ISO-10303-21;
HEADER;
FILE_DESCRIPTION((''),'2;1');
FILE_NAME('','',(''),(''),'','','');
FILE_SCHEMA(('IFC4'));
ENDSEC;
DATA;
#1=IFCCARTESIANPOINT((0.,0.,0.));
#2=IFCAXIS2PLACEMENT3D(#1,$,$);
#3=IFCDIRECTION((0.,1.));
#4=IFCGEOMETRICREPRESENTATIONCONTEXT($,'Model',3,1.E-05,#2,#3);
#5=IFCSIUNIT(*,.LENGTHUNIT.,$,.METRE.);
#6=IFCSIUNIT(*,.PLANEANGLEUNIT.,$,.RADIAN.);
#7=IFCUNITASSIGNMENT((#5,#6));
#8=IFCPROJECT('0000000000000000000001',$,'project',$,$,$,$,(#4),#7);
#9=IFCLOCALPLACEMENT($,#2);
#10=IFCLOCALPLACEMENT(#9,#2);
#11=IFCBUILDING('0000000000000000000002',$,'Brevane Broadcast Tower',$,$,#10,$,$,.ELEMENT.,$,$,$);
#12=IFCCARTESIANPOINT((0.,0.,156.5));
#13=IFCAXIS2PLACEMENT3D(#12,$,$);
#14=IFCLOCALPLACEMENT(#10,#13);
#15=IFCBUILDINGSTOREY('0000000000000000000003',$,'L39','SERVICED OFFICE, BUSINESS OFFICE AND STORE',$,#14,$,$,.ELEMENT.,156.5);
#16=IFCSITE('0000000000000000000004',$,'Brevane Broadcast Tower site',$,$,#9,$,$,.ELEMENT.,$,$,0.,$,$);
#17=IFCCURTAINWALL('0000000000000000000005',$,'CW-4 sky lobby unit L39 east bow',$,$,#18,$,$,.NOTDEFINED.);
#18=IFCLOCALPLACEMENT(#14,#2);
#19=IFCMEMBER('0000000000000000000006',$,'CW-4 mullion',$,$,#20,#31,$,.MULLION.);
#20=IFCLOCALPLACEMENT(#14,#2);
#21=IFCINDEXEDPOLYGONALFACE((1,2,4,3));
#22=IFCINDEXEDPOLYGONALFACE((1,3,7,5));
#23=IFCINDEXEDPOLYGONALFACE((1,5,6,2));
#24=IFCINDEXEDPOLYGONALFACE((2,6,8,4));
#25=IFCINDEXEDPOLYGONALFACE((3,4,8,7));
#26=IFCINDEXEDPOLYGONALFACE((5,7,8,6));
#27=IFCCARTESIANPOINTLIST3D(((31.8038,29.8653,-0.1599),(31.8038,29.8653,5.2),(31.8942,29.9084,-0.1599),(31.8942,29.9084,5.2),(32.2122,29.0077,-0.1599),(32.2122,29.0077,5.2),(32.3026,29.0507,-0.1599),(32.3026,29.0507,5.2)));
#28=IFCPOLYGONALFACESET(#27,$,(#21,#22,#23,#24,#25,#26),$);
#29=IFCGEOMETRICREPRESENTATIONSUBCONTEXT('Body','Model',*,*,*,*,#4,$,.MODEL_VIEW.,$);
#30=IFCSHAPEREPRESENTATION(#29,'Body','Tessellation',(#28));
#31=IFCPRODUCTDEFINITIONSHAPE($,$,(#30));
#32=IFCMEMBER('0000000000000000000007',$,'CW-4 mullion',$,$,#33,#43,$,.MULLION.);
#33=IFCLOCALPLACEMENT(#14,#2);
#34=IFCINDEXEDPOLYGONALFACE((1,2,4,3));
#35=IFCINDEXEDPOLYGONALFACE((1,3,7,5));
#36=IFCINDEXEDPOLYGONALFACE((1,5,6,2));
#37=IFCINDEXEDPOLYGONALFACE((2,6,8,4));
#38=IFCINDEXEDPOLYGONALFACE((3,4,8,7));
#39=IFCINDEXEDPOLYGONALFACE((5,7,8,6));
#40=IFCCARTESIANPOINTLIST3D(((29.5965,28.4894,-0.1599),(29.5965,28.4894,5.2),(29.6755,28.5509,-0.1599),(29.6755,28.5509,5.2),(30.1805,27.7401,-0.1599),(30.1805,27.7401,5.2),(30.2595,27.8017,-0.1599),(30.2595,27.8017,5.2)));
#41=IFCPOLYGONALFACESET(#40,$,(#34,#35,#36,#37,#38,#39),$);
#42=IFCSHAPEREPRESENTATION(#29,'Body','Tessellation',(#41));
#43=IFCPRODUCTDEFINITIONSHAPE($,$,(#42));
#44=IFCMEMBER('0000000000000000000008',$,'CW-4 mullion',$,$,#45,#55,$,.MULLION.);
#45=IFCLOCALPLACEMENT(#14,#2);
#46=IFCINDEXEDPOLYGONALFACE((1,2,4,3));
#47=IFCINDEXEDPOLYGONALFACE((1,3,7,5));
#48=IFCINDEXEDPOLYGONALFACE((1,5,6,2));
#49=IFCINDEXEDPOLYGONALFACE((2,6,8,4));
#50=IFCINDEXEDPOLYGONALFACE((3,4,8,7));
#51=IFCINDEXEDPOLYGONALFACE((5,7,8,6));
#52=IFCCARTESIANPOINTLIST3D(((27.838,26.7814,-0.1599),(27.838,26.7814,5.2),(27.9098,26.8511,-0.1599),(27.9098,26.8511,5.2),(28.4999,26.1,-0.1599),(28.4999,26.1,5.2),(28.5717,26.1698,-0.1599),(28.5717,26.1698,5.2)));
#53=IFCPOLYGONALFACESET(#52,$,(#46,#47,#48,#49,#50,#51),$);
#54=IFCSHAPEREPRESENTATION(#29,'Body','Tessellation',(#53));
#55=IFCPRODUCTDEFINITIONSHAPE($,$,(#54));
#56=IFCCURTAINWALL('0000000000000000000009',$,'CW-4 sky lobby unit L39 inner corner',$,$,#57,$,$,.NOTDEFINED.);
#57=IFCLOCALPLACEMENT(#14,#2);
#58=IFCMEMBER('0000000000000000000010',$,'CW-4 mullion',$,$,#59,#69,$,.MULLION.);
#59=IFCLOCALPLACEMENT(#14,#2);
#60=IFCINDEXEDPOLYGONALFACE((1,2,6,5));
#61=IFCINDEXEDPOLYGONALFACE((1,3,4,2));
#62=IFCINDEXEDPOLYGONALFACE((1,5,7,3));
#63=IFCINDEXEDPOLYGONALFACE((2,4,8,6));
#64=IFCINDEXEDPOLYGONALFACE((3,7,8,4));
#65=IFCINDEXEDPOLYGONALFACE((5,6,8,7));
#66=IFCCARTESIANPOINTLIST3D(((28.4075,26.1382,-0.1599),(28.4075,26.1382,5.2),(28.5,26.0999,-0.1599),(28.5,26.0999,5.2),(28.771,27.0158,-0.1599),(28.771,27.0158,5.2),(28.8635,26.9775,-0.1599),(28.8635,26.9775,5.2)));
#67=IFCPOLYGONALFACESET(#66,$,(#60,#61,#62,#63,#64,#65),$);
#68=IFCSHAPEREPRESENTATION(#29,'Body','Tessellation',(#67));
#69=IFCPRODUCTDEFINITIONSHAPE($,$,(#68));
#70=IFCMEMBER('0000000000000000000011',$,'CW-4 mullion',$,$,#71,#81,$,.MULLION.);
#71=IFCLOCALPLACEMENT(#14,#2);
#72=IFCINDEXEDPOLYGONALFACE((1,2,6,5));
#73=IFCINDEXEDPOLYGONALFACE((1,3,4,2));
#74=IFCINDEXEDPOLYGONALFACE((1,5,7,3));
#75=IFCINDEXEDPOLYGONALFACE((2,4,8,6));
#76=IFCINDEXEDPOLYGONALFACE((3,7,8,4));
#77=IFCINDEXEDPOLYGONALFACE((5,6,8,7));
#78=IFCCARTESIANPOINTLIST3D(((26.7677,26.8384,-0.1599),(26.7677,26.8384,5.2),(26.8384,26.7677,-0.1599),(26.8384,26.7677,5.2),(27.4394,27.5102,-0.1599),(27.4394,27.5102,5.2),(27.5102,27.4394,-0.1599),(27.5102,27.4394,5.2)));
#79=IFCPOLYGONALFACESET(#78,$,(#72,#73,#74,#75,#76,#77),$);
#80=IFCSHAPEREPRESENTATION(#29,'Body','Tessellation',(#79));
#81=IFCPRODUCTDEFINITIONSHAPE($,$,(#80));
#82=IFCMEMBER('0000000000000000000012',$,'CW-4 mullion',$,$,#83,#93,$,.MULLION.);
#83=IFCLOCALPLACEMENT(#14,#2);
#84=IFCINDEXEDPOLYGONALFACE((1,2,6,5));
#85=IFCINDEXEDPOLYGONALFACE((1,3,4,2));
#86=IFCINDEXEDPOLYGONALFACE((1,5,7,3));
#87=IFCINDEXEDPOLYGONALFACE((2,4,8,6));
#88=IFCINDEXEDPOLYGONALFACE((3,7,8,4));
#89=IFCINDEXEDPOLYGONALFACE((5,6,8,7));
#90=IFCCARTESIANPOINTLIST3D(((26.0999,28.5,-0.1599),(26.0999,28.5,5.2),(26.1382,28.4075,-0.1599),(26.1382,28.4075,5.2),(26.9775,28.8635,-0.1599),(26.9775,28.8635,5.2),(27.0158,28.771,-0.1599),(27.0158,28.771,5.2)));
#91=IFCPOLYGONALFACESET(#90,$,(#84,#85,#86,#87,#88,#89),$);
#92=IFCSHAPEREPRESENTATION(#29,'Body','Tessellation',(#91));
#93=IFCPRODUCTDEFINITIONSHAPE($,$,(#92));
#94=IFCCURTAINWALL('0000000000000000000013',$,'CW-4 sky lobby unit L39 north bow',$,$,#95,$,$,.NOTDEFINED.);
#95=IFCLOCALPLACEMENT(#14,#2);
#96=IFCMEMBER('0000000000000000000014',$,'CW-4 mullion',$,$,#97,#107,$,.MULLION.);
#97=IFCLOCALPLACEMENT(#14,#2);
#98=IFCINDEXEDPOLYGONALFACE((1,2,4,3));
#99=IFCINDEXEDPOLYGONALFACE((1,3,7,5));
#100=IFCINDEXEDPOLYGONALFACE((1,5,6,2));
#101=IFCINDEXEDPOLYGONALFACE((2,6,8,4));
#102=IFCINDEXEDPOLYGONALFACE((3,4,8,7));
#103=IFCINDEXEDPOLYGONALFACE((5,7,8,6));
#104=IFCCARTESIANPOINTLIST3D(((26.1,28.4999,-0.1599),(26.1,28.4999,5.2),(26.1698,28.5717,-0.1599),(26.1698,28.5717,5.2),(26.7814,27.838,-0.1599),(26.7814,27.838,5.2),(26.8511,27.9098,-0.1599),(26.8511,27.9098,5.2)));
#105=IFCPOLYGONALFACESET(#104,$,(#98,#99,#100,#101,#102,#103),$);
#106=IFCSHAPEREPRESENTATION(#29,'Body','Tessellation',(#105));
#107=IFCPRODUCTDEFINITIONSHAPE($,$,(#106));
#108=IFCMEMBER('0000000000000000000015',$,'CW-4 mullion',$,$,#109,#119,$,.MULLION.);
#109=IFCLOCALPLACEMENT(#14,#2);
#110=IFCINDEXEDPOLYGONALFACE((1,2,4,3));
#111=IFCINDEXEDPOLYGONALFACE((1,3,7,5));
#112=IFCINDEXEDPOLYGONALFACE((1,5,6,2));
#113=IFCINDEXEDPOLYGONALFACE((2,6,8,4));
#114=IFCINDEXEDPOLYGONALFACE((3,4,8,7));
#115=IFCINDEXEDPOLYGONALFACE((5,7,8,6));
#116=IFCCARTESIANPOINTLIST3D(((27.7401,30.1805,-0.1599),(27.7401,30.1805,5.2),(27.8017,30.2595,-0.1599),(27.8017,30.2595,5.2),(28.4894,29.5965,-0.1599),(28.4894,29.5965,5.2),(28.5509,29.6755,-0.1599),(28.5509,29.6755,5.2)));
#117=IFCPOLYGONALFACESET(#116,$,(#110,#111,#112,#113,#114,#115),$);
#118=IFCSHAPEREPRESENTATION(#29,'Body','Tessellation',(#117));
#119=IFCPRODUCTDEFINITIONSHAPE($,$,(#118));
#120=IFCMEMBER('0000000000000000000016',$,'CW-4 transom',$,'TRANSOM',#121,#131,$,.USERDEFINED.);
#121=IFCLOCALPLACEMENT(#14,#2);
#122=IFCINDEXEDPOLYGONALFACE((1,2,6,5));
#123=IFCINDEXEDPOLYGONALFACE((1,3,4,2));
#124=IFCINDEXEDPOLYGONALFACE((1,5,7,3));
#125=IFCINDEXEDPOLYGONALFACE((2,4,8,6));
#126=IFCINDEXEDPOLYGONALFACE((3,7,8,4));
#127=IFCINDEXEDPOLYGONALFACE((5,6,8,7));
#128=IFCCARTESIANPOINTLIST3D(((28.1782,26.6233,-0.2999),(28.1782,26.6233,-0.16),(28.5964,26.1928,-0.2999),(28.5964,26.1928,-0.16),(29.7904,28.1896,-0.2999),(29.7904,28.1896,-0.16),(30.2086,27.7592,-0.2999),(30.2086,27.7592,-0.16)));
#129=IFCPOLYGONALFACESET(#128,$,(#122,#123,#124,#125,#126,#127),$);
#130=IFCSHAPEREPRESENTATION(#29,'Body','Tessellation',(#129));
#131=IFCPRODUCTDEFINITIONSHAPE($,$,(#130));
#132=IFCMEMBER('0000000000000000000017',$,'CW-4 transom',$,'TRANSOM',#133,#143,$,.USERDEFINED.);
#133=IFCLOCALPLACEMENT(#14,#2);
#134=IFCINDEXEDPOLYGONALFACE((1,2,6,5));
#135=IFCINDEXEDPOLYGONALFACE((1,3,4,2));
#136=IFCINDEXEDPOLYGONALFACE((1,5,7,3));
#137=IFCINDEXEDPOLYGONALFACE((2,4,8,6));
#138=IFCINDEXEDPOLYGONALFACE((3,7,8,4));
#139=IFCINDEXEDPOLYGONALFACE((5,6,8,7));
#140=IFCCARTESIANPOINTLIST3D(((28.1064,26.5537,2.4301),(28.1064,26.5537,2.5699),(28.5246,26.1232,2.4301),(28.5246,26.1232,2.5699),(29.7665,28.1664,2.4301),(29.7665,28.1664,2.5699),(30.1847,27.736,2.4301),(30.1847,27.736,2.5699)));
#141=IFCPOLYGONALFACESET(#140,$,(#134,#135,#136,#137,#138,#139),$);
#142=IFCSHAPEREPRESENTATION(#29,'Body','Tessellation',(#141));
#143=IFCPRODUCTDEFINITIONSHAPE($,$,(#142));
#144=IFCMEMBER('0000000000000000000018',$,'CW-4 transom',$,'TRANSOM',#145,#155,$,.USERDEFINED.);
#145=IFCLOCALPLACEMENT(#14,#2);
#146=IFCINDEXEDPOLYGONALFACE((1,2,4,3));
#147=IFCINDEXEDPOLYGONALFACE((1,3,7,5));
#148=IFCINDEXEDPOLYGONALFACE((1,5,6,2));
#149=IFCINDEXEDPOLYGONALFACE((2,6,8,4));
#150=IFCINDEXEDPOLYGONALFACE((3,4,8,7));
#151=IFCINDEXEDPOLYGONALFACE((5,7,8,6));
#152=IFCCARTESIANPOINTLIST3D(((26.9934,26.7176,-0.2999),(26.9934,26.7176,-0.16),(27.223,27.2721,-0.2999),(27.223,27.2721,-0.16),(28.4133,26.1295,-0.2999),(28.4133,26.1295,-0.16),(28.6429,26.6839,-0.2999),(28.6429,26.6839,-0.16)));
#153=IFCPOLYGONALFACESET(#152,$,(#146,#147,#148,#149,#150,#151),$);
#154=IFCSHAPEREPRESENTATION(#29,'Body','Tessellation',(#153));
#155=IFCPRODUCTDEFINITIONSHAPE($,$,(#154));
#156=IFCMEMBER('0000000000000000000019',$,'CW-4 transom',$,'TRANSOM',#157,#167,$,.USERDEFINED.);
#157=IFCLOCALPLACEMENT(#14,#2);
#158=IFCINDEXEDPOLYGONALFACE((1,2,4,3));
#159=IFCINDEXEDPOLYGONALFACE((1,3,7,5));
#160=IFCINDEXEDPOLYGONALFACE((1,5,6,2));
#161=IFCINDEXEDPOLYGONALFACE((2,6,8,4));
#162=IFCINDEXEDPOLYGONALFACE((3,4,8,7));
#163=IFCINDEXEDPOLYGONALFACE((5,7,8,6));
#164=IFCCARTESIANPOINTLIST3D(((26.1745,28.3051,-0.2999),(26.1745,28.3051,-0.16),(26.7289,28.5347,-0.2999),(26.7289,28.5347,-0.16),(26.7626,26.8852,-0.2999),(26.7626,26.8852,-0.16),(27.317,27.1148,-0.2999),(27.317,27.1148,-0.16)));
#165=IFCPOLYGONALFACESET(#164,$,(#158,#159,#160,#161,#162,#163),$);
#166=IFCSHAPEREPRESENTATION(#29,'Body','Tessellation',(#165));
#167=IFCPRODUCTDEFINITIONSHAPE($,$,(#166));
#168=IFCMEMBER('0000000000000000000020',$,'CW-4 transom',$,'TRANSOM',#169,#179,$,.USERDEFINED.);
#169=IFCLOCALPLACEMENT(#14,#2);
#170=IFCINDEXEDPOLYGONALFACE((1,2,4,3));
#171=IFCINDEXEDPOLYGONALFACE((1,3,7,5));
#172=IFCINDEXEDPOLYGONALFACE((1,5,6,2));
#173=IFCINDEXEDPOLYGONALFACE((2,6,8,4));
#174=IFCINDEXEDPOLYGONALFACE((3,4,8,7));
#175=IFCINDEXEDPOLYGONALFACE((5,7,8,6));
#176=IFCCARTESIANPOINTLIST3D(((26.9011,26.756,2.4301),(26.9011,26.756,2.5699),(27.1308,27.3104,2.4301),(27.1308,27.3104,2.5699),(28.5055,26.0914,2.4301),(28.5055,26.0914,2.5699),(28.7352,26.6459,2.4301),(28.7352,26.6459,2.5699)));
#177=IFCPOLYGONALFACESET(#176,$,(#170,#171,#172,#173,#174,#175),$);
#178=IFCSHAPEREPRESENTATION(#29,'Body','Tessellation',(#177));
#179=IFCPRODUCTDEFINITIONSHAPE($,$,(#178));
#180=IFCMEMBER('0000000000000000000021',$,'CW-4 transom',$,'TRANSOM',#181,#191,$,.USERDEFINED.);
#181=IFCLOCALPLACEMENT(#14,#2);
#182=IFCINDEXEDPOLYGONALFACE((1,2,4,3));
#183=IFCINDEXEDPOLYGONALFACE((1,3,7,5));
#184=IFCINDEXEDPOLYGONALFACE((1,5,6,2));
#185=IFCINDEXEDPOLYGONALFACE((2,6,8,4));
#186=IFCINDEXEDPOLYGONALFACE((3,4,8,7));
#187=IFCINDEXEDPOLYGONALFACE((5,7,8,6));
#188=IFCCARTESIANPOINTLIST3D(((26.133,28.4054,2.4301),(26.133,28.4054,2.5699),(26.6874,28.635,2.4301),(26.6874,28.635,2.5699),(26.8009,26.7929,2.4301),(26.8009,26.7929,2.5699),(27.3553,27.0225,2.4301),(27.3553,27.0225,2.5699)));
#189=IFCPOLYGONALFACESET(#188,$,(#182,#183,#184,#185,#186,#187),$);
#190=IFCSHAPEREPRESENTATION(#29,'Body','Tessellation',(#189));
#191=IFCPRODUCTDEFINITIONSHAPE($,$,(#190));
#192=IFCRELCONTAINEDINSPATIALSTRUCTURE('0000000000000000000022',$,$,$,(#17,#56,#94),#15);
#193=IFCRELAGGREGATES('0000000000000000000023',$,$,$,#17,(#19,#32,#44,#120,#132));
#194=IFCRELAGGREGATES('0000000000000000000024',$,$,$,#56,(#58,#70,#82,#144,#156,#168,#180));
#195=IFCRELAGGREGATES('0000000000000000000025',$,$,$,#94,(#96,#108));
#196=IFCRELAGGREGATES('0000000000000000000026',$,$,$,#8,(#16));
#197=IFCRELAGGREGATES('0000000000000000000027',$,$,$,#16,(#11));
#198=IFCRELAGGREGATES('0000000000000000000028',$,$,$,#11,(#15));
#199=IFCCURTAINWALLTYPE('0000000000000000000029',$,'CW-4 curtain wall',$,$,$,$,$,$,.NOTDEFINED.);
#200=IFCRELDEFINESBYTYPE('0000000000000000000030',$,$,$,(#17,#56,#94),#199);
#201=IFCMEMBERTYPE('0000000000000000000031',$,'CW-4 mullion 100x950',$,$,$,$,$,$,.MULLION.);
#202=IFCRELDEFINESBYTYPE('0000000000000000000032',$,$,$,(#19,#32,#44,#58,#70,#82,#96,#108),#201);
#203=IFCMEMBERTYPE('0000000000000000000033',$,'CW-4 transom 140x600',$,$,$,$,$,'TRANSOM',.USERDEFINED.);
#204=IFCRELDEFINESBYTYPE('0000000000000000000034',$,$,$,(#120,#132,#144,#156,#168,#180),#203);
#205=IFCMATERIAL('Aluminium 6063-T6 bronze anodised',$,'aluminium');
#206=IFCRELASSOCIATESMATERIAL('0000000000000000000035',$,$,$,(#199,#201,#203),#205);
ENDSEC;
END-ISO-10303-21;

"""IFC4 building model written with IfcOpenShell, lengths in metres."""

from ifc_helpers import new_model, si_unit, direction, frame, origin, origin_2d, place, context, subcontext, project, spatial, rectangle, extrude, material, material_profile, profile_set, type_object, element, aggregate, save


model = new_model("IFC4")

# Units and contexts
model_context = context("Model", 3, precision=1e-05, world=origin(), true_north=direction((0.0, 1.0)))
body_context = subcontext(model_context, "Body", "Model", "MODEL_VIEW")
ifc_project = project(units=[si_unit("LENGTHUNIT", "METRE"), si_unit("PLANEANGLEUNIT", "RADIAN")], contexts=[model_context])

# Site, building, storey
site_placement = place(None, origin())
site = spatial("IfcSite", under=ifc_project, at=site_placement, Name="Brevane Broadcast Tower site", CompositionType="ELEMENT", RefElevation=0.0)
building_placement = place(site_placement, origin())
building = spatial("IfcBuilding", under=site, at=building_placement, Name="Brevane Broadcast Tower", CompositionType="ELEMENT")
storey_placement = place(building_placement, frame((0.0, 0.0, 156.5)))
storey = spatial("IfcBuildingStorey", under=building, at=storey_placement, Name="L39", Description="SERVICED OFFICE, BUSINESS OFFICE AND STORE", CompositionType="ELEMENT", Elevation=156.5)

# Curtain walls, members
ifc_material_1 = material(Name="Aluminium 6063-T6 bronze anodised", Category="aluminium")
curtain_wall_type = type_object("IfcCurtainWallType", Name="CW-4 curtain wall", PredefinedType="NOTDEFINED", material=ifc_material_1)
curtain_wall_1_placement = place(storey_placement, origin())
curtain_wall_1 = element("IfcCurtainWall", 1, at=curtain_wall_1_placement, inside=storey, type_object=curtain_wall_type, Name="CW-4 sky lobby unit L39 east bow", PredefinedType="NOTDEFINED")
ifc_material_profile_1 = material_profile(ifc_material_1, rectangle(XDim=0.95, YDim=0.1001, at=origin_2d()), Name="RECT 100x950")
ifc_profile_set_1 = profile_set([ifc_material_profile_1], Name="Aluminium 6063-T6 bronze anodised")
member_type_1 = type_object("IfcMemberType", Name="CW-4 mullion 100x950", PredefinedType="MULLION", material=ifc_profile_set_1)
member_1_placement = place(storey_placement, frame((32.0532, 29.458, -0.1599), z_axis=(0.0, 0.0, 1.0), x_axis=(0.429934, -0.902861, 0.0)))
member_1 = element("IfcMember", 2, at=member_1_placement, type_object=member_type_1, Name="CW-4 mullion", PredefinedType="MULLION", context=body_context, shape_type="SweptSolid", body=[
    extrude(rectangle(XDim=0.95, YDim=0.1001, at=origin_2d()), origin(), (0.0, 0.0, 1.0), 5.3599),
])
member_2_placement = place(storey_placement, frame((29.928, 28.1455, -0.1599), z_axis=(0.0, 0.0, 1.0), x_axis=(0.61477, -0.788707, 0.0)))
member_2 = element("IfcMember", 3, at=member_2_placement, type_object=member_type_1, Name="CW-4 mullion", PredefinedType="MULLION", context=body_context, shape_type="SweptSolid", body=[
    extrude(rectangle(XDim=0.95, YDim=0.1001, at=origin_2d()), origin(), (0.0, 0.0, 1.0), 5.3599),
])
member_3_placement = place(storey_placement, frame((28.2048, 26.4756, -0.1599), z_axis=(0.0, 0.0, 1.0), x_axis=(0.696812, -0.717254, 0.0)))
member_3 = element("IfcMember", 4, at=member_3_placement, type_object=member_type_1, Name="CW-4 mullion", PredefinedType="MULLION", context=body_context, shape_type="SweptSolid", body=[
    extrude(rectangle(XDim=0.95, YDim=0.1001, at=origin_2d()), origin(), (0.0, 0.0, 1.0), 5.3599),
])
curtain_wall_2_placement = place(storey_placement, origin())
curtain_wall_2 = element("IfcCurtainWall", 5, at=curtain_wall_2_placement, inside=storey, type_object=curtain_wall_type, Name="CW-4 sky lobby unit L39 inner corner", PredefinedType="NOTDEFINED")
member_4_placement = place(storey_placement, frame((28.6355, 26.5579, -0.1599), z_axis=(0.0, 0.0, 1.0), x_axis=(-0.382683, -0.92388, 0.0)))
member_4 = element("IfcMember", 6, at=member_4_placement, type_object=member_type_1, Name="CW-4 mullion", PredefinedType="MULLION", context=body_context, shape_type="SweptSolid", body=[
    extrude(rectangle(XDim=0.95, YDim=0.1001, at=origin_2d()), origin(), (0.0, 0.0, 1.0), 5.3599),
])
member_5_placement = place(storey_placement, frame((27.1389, 27.1389, -0.1599), z_axis=(0.0, 0.0, 1.0), x_axis=(-0.707107, -0.707107, 0.0)))
member_5 = element("IfcMember", 7, at=member_5_placement, type_object=member_type_1, Name="CW-4 mullion", PredefinedType="MULLION", context=body_context, shape_type="SweptSolid", body=[
    extrude(rectangle(XDim=0.95, YDim=0.1001, at=origin_2d()), origin(), (0.0, 0.0, 1.0), 5.3599),
])
member_6_placement = place(storey_placement, frame((26.5579, 28.6355, -0.1599), z_axis=(0.0, 0.0, 1.0), x_axis=(-0.92388, -0.382683, 0.0)))
member_6 = element("IfcMember", 8, at=member_6_placement, type_object=member_type_1, Name="CW-4 mullion", PredefinedType="MULLION", context=body_context, shape_type="SweptSolid", body=[
    extrude(rectangle(XDim=0.95, YDim=0.1001, at=origin_2d()), origin(), (0.0, 0.0, 1.0), 5.3599),
])
curtain_wall_3_placement = place(storey_placement, origin())
curtain_wall_3 = element("IfcCurtainWall", 9, at=curtain_wall_3_placement, inside=storey, type_object=curtain_wall_type, Name="CW-4 sky lobby unit L39 north bow", PredefinedType="NOTDEFINED")
member_7_placement = place(storey_placement, frame((26.4756, 28.2048, -0.1599), z_axis=(0.0, 0.0, 1.0), x_axis=(-0.717254, 0.696812, 0.0)))
member_7 = element("IfcMember", 10, at=member_7_placement, type_object=member_type_1, Name="CW-4 mullion", PredefinedType="MULLION", context=body_context, shape_type="SweptSolid", body=[
    extrude(rectangle(XDim=0.95, YDim=0.1001, at=origin_2d()), origin(), (0.0, 0.0, 1.0), 5.3599),
])
member_8_placement = place(storey_placement, frame((28.1455, 29.928, -0.1599), z_axis=(0.0, 0.0, 1.0), x_axis=(-0.788707, 0.61477, 0.0)))
member_8 = element("IfcMember", 11, at=member_8_placement, type_object=member_type_1, Name="CW-4 mullion", PredefinedType="MULLION", context=body_context, shape_type="SweptSolid", body=[
    extrude(rectangle(XDim=0.95, YDim=0.1001, at=origin_2d()), origin(), (0.0, 0.0, 1.0), 5.3599),
])

# Members
ifc_material_profile_2 = material_profile(ifc_material_1, rectangle(XDim=0.6001, YDim=0.1399, at=origin_2d()), Name="RECT 140x600")
ifc_profile_set_2 = profile_set([ifc_material_profile_2], Name="Aluminium 6063-T6 bronze anodised")
member_type_2 = type_object("IfcMemberType", Name="CW-4 transom 140x600", ElementType="TRANSOM", PredefinedType="USERDEFINED", material=ifc_profile_set_2)
member_9_placement = place(storey_placement, frame((29.9995, 27.9744, -0.23), z_axis=(-0.717242, -0.696824, 0.0), x_axis=(0.696824, -0.717242, 0.0)))
member_9 = element("IfcMember", 12, at=member_9_placement, type_object=member_type_2, Name="CW-4 transom", ObjectType="TRANSOM", PredefinedType="USERDEFINED", context=body_context, shape_type="SweptSolid", body=[
    extrude(rectangle(XDim=0.6001, YDim=0.1399, at=origin_2d()), origin(), (0.0, 0.0, 1.0), 2.2478),
])
member_10_placement = place(storey_placement, frame((29.9756, 27.9512, 2.5), z_axis=(-0.717264, -0.696801, 0.0), x_axis=(0.696801, -0.717264, 0.0)))
member_10 = element("IfcMember", 13, at=member_10_placement, type_object=member_type_2, Name="CW-4 transom", ObjectType="TRANSOM", PredefinedType="USERDEFINED", context=body_context, shape_type="SweptSolid", body=[
    extrude(rectangle(XDim=0.6001, YDim=0.1399, at=origin_2d()), origin(), (0.0, 0.0, 1.0), 2.3145),
])
aggregate(curtain_wall_1, [member_1, member_2, member_3, member_9, member_10])
member_11_placement = place(storey_placement, frame((28.5281, 26.4067, -0.23), z_axis=(-0.923883, 0.382674, 0.0), x_axis=(-0.382674, -0.923883, 0.0)))
member_11 = element("IfcMember", 14, at=member_11_placement, type_object=member_type_2, Name="CW-4 transom", ObjectType="TRANSOM", PredefinedType="USERDEFINED", context=body_context, shape_type="SweptSolid", body=[
    extrude(rectangle(XDim=0.6001, YDim=0.1399, at=origin_2d()), origin(), (0.0, 0.0, 1.0), 1.5369),
])
member_12_placement = place(storey_placement, frame((27.0398, 27.0, -0.23), z_axis=(-0.382674, 0.923883, 0.0), x_axis=(-0.923883, -0.382674, 0.0)))
member_12 = element("IfcMember", 15, at=member_12_placement, type_object=member_type_2, Name="CW-4 transom", ObjectType="TRANSOM", PredefinedType="USERDEFINED", context=body_context, shape_type="SweptSolid", body=[
    extrude(rectangle(XDim=0.6001, YDim=0.1399, at=origin_2d()), origin(), (0.0, 0.0, 1.0), 1.5369),
])
member_13_placement = place(storey_placement, frame((28.6204, 26.3687, 2.5), z_axis=(-0.92389, 0.382658, 0.0), x_axis=(-0.382658, -0.92389, 0.0)))
member_13 = element("IfcMember", 16, at=member_13_placement, type_object=member_type_2, Name="CW-4 transom", ObjectType="TRANSOM", PredefinedType="USERDEFINED", context=body_context, shape_type="SweptSolid", body=[
    extrude(rectangle(XDim=0.6001, YDim=0.1399, at=origin_2d()), origin(), (0.0, 0.0, 1.0), 1.7366),
])
member_14_placement = place(storey_placement, frame((27.0781, 26.9077, 2.5), z_axis=(-0.382698, 0.923874, 0.0), x_axis=(-0.923874, -0.382698, 0.0)))
member_14 = element("IfcMember", 17, at=member_14_placement, type_object=member_type_2, Name="CW-4 transom", ObjectType="TRANSOM", PredefinedType="USERDEFINED", context=body_context, shape_type="SweptSolid", body=[
    extrude(rectangle(XDim=0.6001, YDim=0.1399, at=origin_2d()), origin(), (0.0, 0.0, 1.0), 1.7454),
])
aggregate(curtain_wall_2, [member_4, member_5, member_6, member_11, member_12, member_13, member_14])
aggregate(curtain_wall_3, [member_7, member_8])

save(model, "model.ifc")
